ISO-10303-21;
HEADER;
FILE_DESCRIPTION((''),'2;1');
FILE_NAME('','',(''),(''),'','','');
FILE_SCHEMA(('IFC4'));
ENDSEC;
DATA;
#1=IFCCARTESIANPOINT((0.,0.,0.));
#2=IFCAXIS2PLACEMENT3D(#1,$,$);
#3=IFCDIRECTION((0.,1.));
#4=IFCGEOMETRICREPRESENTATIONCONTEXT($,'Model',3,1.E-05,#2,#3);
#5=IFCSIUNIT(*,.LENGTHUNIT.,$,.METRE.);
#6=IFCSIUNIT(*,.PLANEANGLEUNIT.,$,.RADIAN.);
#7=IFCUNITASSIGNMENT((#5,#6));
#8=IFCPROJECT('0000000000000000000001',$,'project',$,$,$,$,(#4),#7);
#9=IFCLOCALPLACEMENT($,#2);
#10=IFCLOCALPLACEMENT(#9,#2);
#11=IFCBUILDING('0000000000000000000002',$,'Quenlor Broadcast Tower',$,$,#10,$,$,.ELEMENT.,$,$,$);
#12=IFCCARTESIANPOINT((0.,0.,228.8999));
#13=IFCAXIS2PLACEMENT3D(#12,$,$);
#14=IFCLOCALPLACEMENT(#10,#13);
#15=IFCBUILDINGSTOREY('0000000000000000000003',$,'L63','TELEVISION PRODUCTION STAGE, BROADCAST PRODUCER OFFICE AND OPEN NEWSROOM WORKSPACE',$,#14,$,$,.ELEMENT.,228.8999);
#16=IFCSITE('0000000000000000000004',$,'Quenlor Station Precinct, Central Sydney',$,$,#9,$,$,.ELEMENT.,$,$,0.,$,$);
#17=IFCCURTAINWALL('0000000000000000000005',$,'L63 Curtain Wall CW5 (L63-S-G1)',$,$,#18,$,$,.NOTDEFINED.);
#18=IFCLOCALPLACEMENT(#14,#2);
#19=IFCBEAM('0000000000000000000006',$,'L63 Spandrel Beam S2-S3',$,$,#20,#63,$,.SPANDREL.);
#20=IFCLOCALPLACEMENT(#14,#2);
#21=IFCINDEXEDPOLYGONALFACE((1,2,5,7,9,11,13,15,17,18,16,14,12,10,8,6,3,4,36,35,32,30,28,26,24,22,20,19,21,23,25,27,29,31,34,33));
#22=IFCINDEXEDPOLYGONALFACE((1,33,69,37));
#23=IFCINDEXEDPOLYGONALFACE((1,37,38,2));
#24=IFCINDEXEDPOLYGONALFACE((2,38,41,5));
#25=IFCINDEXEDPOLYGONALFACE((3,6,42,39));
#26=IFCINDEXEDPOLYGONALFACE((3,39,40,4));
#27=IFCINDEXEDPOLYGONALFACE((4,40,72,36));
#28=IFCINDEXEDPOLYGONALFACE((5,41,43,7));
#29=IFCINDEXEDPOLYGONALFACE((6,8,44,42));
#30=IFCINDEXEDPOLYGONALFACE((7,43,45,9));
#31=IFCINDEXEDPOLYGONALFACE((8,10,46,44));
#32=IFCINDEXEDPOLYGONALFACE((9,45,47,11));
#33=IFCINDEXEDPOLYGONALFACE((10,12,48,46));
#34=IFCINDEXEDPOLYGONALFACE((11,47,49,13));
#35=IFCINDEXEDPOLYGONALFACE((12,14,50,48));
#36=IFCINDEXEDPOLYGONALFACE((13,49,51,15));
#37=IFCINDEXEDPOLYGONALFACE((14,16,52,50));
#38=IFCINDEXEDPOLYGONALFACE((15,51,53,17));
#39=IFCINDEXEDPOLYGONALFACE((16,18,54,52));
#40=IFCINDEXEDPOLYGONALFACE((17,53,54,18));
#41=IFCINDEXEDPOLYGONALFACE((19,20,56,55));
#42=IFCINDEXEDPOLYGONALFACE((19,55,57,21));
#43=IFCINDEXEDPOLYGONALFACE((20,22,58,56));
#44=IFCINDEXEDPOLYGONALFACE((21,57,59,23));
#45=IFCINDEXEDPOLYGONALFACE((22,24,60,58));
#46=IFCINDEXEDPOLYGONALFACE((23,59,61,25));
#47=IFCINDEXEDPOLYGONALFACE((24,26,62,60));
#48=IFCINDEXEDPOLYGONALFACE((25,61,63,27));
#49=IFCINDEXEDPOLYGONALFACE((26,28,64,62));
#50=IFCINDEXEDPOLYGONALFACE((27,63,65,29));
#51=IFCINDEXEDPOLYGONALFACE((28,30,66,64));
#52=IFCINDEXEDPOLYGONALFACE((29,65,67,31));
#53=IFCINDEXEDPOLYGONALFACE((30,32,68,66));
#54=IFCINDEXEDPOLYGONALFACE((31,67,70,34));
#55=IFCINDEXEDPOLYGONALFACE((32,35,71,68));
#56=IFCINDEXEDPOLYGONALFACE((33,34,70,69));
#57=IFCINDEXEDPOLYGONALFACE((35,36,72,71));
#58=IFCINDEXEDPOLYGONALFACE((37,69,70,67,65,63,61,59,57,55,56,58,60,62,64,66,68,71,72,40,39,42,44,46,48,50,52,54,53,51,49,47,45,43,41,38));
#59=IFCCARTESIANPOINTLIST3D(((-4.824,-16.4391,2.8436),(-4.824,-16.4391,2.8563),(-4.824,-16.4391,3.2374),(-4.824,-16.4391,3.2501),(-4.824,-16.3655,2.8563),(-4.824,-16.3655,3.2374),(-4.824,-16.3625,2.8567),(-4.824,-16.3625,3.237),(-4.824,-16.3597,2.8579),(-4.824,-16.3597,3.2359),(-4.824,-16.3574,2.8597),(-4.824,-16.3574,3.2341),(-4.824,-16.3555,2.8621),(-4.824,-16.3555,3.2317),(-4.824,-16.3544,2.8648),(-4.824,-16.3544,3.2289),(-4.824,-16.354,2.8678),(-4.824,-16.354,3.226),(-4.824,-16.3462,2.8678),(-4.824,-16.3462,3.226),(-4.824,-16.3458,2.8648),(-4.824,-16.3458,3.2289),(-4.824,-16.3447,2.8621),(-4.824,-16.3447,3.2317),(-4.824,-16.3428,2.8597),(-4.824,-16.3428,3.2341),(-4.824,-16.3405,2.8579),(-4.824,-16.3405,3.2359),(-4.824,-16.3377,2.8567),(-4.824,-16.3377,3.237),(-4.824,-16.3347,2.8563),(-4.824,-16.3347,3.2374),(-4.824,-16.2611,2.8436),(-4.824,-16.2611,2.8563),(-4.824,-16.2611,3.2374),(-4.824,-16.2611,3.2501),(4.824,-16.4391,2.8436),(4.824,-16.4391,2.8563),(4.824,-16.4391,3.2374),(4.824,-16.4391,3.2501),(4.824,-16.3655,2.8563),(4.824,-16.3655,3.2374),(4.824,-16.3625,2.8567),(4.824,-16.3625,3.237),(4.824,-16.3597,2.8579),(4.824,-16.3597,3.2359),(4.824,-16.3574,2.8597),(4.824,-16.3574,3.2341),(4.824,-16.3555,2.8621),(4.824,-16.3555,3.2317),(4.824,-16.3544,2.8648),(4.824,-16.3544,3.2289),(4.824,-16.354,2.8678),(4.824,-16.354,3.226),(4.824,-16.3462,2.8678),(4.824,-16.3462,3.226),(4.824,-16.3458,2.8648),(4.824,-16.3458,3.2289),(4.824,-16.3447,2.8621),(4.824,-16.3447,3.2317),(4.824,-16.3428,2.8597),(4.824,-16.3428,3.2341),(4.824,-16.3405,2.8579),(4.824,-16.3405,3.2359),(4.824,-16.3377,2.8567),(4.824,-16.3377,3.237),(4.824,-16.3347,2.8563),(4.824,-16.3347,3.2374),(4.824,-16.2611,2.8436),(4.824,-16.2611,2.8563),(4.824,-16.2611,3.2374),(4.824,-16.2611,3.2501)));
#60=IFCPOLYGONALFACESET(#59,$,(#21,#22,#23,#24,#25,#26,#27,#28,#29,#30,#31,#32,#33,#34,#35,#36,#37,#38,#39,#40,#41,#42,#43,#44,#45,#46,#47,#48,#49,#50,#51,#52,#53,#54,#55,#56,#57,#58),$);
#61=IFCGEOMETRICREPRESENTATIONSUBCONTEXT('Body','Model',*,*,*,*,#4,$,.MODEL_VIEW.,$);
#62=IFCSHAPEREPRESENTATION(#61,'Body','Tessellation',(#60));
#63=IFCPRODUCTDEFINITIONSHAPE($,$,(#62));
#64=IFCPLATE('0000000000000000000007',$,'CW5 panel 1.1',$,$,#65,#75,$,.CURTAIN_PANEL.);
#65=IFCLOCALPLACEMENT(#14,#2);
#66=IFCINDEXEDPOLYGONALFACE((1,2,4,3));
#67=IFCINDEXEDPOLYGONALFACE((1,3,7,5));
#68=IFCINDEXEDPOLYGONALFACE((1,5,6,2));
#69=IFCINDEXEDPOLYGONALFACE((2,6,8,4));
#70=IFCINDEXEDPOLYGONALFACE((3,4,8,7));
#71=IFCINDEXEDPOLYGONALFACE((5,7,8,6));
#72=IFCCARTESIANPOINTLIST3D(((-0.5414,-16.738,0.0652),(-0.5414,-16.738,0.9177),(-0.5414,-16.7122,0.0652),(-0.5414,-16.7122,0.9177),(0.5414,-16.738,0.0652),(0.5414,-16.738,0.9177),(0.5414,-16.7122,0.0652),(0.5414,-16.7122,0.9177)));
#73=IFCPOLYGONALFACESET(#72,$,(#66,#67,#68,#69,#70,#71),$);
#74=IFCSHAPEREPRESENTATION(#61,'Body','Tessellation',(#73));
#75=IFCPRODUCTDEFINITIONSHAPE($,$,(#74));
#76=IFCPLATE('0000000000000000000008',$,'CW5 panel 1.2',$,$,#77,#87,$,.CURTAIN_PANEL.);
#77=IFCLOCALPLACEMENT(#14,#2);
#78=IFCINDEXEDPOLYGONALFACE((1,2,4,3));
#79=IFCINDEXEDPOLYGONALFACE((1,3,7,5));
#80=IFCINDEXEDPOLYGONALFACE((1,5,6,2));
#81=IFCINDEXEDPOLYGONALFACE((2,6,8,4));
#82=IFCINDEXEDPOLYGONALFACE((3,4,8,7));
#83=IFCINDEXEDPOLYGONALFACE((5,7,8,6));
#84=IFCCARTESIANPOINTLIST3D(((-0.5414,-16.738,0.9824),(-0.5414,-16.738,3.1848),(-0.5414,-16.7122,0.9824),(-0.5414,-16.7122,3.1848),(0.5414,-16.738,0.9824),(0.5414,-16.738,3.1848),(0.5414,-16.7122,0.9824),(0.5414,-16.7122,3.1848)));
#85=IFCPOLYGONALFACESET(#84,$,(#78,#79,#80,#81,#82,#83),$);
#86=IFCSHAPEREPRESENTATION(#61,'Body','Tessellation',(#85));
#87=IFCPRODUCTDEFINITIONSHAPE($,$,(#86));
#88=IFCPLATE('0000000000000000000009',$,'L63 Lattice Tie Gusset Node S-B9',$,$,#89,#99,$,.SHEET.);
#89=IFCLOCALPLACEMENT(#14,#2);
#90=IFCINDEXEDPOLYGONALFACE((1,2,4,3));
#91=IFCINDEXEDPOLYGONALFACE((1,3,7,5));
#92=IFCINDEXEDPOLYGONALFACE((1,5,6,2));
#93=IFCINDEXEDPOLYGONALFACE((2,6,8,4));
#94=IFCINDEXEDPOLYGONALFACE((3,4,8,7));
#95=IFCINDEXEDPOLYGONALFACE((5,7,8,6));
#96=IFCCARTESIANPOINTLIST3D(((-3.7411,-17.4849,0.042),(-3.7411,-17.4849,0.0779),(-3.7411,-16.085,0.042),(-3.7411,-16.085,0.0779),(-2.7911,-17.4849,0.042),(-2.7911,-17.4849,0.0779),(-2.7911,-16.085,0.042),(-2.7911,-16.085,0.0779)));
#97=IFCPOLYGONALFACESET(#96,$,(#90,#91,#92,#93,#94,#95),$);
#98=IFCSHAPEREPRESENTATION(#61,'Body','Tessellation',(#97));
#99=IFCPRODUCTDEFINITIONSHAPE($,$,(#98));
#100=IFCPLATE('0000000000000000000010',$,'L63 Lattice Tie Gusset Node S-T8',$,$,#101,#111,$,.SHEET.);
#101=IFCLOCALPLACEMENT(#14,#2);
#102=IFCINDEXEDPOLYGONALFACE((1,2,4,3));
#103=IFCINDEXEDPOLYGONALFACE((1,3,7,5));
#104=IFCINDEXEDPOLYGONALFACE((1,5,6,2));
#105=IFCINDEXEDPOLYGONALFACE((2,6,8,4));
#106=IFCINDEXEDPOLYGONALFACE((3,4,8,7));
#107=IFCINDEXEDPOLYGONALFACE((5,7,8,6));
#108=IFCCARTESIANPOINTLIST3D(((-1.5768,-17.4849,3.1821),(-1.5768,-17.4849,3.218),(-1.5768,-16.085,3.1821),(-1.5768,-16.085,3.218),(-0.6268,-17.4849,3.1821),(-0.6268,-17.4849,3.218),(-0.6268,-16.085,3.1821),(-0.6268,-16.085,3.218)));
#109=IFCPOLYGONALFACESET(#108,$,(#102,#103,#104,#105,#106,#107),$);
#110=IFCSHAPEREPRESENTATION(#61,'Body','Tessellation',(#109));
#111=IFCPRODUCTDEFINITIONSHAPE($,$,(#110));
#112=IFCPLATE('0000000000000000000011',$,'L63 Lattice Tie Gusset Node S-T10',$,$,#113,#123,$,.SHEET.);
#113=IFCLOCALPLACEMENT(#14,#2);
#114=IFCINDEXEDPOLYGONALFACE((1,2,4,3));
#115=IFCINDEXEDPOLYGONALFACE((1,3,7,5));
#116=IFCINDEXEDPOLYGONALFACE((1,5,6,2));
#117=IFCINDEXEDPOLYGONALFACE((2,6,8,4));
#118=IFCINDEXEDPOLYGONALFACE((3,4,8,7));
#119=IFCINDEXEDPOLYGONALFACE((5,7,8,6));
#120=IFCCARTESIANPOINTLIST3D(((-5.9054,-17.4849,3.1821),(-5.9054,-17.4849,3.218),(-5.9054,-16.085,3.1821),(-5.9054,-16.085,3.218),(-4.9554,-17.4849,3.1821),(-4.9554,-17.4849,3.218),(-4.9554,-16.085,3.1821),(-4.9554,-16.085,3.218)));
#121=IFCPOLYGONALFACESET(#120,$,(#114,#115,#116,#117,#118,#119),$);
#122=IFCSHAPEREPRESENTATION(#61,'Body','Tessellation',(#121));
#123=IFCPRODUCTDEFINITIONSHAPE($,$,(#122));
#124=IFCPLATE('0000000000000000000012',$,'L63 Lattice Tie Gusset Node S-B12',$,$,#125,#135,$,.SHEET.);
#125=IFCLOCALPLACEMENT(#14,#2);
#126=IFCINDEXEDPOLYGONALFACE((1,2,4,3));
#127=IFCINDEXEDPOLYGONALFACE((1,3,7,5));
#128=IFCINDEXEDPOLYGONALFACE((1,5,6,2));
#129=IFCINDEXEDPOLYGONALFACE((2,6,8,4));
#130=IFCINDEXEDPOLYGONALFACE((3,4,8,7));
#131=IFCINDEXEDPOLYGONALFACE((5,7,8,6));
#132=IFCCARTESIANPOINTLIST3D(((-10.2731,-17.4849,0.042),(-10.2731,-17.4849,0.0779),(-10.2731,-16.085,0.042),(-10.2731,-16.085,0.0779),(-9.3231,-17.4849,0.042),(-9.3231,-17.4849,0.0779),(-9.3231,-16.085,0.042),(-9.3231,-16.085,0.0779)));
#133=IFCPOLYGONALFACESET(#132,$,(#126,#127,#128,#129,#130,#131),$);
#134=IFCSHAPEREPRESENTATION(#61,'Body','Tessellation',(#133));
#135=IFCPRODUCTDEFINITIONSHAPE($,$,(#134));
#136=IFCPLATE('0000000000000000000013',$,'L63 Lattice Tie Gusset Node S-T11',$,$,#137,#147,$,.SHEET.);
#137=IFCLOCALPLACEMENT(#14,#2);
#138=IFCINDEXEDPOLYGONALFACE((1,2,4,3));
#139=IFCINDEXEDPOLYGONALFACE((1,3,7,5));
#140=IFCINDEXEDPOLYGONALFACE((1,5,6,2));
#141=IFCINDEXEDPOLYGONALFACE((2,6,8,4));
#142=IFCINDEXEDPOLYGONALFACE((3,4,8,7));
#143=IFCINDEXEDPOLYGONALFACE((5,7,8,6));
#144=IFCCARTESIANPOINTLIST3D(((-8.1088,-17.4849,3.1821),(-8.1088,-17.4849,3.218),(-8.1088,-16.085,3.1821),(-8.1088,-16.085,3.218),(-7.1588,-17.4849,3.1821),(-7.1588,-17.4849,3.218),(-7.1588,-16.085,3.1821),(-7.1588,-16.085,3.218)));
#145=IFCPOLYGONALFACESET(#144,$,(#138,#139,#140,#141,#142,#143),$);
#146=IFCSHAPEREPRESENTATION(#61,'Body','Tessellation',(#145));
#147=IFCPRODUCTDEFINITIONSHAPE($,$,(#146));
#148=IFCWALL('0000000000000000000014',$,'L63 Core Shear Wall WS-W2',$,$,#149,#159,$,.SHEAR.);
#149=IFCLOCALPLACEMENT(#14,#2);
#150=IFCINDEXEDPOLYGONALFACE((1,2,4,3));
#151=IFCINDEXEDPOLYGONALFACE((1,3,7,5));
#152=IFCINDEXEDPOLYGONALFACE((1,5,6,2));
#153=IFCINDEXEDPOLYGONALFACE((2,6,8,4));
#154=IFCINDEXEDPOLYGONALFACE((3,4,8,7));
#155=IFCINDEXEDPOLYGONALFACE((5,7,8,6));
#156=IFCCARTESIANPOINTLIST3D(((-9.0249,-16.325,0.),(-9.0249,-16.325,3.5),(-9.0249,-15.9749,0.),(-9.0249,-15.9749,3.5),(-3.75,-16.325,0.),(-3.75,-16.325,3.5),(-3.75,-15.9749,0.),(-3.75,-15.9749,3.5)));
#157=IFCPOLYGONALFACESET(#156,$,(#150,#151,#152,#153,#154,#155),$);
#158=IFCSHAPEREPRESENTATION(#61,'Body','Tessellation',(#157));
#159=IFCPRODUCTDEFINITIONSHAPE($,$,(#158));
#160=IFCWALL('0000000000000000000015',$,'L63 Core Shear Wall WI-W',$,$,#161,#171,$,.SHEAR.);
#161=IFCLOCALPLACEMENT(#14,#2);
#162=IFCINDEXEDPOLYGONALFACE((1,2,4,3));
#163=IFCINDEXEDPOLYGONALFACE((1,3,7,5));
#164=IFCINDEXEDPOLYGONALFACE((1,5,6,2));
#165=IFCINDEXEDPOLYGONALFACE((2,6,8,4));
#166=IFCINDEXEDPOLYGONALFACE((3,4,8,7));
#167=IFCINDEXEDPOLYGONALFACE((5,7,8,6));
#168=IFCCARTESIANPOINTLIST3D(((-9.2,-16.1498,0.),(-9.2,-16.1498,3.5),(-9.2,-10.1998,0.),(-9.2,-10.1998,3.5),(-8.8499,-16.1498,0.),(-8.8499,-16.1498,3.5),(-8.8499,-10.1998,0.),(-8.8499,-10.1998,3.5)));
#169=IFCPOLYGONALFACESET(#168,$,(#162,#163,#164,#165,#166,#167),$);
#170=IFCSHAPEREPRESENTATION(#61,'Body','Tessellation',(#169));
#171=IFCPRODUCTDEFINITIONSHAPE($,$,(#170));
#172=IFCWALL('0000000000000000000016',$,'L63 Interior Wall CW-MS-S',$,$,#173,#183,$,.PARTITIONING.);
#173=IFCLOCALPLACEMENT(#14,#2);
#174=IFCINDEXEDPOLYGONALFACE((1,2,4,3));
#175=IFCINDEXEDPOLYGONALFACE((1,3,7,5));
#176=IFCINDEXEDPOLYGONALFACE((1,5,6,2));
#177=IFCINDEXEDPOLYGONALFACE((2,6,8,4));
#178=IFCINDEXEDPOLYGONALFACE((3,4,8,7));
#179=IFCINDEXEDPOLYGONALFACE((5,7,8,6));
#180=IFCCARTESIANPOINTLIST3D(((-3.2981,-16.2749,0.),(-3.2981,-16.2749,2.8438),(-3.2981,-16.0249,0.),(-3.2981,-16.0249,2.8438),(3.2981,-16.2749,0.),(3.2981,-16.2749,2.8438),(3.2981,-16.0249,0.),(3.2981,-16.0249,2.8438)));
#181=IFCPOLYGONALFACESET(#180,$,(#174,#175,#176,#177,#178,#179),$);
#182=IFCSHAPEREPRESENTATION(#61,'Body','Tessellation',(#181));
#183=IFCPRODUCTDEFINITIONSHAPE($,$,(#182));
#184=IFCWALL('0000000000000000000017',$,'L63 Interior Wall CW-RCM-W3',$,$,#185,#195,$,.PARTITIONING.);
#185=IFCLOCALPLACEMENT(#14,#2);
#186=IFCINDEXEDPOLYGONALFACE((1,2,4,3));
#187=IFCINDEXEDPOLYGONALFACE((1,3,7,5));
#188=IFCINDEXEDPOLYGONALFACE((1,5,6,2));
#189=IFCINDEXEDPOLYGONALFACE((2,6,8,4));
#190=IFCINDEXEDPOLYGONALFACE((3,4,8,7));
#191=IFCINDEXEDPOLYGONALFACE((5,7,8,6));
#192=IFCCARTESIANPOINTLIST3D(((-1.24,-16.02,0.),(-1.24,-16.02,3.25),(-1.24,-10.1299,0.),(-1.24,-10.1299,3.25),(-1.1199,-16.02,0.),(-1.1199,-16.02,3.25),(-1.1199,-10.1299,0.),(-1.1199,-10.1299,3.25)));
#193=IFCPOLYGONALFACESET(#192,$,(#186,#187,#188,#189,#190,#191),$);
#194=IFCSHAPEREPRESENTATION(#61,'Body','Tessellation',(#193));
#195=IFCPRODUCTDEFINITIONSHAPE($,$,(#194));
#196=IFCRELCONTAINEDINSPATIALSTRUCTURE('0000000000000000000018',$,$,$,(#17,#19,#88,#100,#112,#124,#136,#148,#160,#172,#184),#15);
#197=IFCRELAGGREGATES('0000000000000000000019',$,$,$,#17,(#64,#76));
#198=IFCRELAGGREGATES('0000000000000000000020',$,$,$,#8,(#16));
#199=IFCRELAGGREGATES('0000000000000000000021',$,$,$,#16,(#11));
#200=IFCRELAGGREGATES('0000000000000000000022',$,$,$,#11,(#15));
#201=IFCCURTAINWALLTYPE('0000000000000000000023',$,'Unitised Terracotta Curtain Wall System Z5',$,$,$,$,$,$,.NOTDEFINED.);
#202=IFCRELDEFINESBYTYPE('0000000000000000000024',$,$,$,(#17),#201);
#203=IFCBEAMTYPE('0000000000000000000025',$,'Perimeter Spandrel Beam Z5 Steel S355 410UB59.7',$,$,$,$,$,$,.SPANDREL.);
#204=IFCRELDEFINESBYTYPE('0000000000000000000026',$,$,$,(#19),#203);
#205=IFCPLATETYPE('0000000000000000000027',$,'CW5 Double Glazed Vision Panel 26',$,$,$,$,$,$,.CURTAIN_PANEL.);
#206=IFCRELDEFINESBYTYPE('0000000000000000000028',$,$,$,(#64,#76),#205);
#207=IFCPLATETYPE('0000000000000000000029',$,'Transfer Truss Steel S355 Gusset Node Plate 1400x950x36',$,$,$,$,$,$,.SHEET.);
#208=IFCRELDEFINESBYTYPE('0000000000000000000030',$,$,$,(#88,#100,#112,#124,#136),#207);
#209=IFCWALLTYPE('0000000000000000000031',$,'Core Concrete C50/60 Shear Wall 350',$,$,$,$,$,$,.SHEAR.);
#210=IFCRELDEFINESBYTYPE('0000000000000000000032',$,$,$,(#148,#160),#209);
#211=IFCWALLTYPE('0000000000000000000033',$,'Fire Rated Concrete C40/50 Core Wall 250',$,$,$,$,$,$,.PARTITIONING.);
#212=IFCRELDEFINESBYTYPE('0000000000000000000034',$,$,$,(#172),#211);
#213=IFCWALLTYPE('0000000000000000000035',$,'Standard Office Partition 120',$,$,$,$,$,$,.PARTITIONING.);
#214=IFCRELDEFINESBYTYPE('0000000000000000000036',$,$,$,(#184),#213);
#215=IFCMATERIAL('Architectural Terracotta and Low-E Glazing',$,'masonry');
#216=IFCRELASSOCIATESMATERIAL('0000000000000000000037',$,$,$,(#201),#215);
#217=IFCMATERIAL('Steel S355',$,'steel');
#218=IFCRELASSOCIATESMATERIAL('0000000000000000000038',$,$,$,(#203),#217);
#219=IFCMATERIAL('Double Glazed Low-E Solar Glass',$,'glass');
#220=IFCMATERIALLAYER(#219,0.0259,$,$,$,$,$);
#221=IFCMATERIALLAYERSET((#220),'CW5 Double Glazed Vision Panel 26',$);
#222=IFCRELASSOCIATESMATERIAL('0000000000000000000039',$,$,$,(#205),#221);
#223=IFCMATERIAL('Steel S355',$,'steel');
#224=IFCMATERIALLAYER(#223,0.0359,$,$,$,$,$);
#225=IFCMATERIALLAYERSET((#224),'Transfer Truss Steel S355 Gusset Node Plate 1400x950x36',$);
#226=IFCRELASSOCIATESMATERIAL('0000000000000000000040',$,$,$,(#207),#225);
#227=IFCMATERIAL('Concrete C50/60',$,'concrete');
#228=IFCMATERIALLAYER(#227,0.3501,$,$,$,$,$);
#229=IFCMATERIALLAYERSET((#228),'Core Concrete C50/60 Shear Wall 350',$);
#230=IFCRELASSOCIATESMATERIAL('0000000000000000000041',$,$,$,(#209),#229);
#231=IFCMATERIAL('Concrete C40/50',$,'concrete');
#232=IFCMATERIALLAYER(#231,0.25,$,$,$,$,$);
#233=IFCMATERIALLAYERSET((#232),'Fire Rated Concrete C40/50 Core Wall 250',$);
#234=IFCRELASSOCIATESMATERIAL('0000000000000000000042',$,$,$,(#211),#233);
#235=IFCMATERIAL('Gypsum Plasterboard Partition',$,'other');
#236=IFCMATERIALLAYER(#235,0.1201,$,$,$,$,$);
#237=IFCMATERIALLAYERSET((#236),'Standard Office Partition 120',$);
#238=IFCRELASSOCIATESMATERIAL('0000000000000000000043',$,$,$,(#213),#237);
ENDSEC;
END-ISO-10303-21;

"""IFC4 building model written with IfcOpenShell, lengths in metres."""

from ifc_helpers import new_model, si_unit, direction, frame, frame_2d, origin, origin_2d, place, context, subcontext, project, spatial, rectangle, i_section, extrude, material, layer, layer_set, material_profile, profile_set, type_object, element, aggregate, save


model = new_model("IFC4")

# Units and contexts
model_context = context("Model", 3, precision=1e-05, world=origin(), true_north=direction((0.0, 1.0)))
body_context = subcontext(model_context, "Body", "Model", "MODEL_VIEW")
ifc_project = project(units=[si_unit("LENGTHUNIT", "METRE"), si_unit("PLANEANGLEUNIT", "RADIAN")], contexts=[model_context])

# Site, building, storey
site_placement = place(None, origin())
site = spatial("IfcSite", under=ifc_project, at=site_placement, Name="Quenlor Station Precinct, Central Sydney", CompositionType="ELEMENT", RefElevation=0.0)
building_placement = place(site_placement, origin())
building = spatial("IfcBuilding", under=site, at=building_placement, Name="Quenlor Broadcast Tower", CompositionType="ELEMENT")
storey_placement = place(building_placement, frame((0.0, 0.0, 228.8999)))
storey = spatial("IfcBuildingStorey", under=building, at=storey_placement, Name="L63", Description="TELEVISION PRODUCTION STAGE, BROADCAST PRODUCER OFFICE AND OPEN NEWSROOM WORKSPACE", CompositionType="ELEMENT", Elevation=228.8999)

# Curtain wall
ifc_material_1 = material(Name="Architectural Terracotta and Low-E Glazing", Category="masonry")
curtain_wall_type = type_object("IfcCurtainWallType", Name="Unitised Terracotta Curtain Wall System Z5", PredefinedType="NOTDEFINED", material=ifc_material_1)
curtain_wall_placement = place(storey_placement, origin())
curtain_wall = element("IfcCurtainWall", 1, at=curtain_wall_placement, inside=storey, type_object=curtain_wall_type, Name="L63 Curtain Wall CW5 (L63-S-G1)", PredefinedType="NOTDEFINED")

# Beam
ifc_material_2 = material(Name="Steel S355", Category="steel")
ifc_material_profile_1 = material_profile(ifc_material_2, i_section(OverallWidth=0.178, OverallDepth=0.4065, WebThickness=0.0078, FlangeThickness=0.0127, FilletRadius=0.0115, at=origin_2d()))
ifc_profile_set_1 = profile_set([ifc_material_profile_1], Name="Steel S355 410UB59.7")
beam_type_1 = type_object("IfcBeamType", Name="Perimeter Spandrel Beam Z5 Steel S355 410UB59.7", PredefinedType="SPANDREL", material=ifc_profile_set_1)
beam_1_placement = place(storey_placement, frame((-4.824, -16.3501, 3.0469), z_axis=(1.0, 0.0, 0.0), x_axis=(0.0, 1.0, 0.0)))
element("IfcBeam", 2, at=beam_1_placement, inside=storey, type_object=beam_type_1, Name="L63 Spandrel Beam S2-S3", PredefinedType="SPANDREL", context=body_context, shape_type="SweptSolid", body=[
    extrude(i_section(OverallWidth=0.178, OverallDepth=0.4065, WebThickness=0.0078, FlangeThickness=0.0127, FilletRadius=0.0115, at=origin_2d()), origin(), (0.0, 0.0, 1.0), 9.6479),
])

# Plates
ifc_material_3 = material(Name="Double Glazed Low-E Solar Glass", Category="glass")
ifc_layer_1 = layer(ifc_material_3, 0.0259)
ifc_layer_set_1 = layer_set([ifc_layer_1], Name="CW5 Double Glazed Vision Panel 26")
plate_type_1 = type_object("IfcPlateType", Name="CW5 Double Glazed Vision Panel 26", PredefinedType="CURTAIN_PANEL", material=ifc_layer_set_1)
plate_1_placement = place(storey_placement, frame((0.0, -16.7251, 0.0652), z_axis=(0.0, 0.0, 1.0), x_axis=(-1.0, 0.0, 0.0)))
plate_1 = element("IfcPlate", 3, at=plate_1_placement, type_object=plate_type_1, Name="CW5 panel 1.1", PredefinedType="CURTAIN_PANEL", context=body_context, shape_type="SweptSolid", body=[
    extrude(rectangle(XDim=1.0828, YDim=0.0259, at=origin_2d()), origin(), (0.0, 0.0, 1.0), 0.8525),
])
plate_2_placement = place(storey_placement, frame((0.0, -16.7251, 0.9824), z_axis=(0.0, 0.0, 1.0), x_axis=(-1.0, 0.0, 0.0)))
plate_2 = element("IfcPlate", 4, at=plate_2_placement, type_object=plate_type_1, Name="CW5 panel 1.2", PredefinedType="CURTAIN_PANEL", context=body_context, shape_type="SweptSolid", body=[
    extrude(rectangle(XDim=1.0828, YDim=0.0259, at=origin_2d()), origin(), (0.0, 0.0, 1.0), 2.2024),
])
aggregate(curtain_wall, [plate_1, plate_2])

# Plates
ifc_material_4 = material(Name="Steel S355", Category="steel")
ifc_layer_2 = layer(ifc_material_4, 0.0359)
ifc_layer_set_2 = layer_set([ifc_layer_2], Name="Transfer Truss Steel S355 Gusset Node Plate 1400x950x36")
plate_type_2 = type_object("IfcPlateType", Name="Transfer Truss Steel S355 Gusset Node Plate 1400x950x36", PredefinedType="SHEET", material=ifc_layer_set_2)
for number, where, z_axis, x_axis, name in (
    (5, (-3.2661, -16.7849, 0.042), (0.0, 0.0, 1.0), (0.0, -1.0, 0.0), "L63 Lattice Tie Gusset Node S-B9"),
    (6, (-1.1018, -16.7849, 3.1821), (0.0, 0.0, 1.0), (0.0, -1.0, 0.0), "L63 Lattice Tie Gusset Node S-T8"),
    (7, (-5.4304, -16.7849, 3.1821), (0.0, 0.0, 1.0), (0.0, -1.0, 0.0), "L63 Lattice Tie Gusset Node S-T10"),
    (8, (-9.7981, -16.7849, 0.042), (0.0, 0.0, 1.0), (0.0, -1.0, 0.0), "L63 Lattice Tie Gusset Node S-B12"),
    (9, (-7.6338, -16.7849, 3.1821), (0.0, 0.0, 1.0), (0.0, -1.0, 0.0), "L63 Lattice Tie Gusset Node S-T11"),
):
    element("IfcPlate", number, at=place(storey_placement, frame(where, z_axis=z_axis, x_axis=x_axis)), inside=storey, type_object=plate_type_2, Name=name, PredefinedType="SHEET", context=body_context, shape_type="SweptSolid", body=[
        extrude(rectangle(XDim=1.3999, YDim=0.95, at=origin_2d()), origin(), (0.0, 0.0, 1.0), 0.0359),
    ])

# Walls
ifc_material_5 = material(Name="Concrete C50/60", Category="concrete")
ifc_layer_3 = layer(ifc_material_5, 0.3501)
ifc_layer_set_3 = layer_set([ifc_layer_3], Name="Core Concrete C50/60 Shear Wall 350")
wall_type_1 = type_object("IfcWallType", Name="Core Concrete C50/60 Shear Wall 350", PredefinedType="SHEAR", material=ifc_layer_set_3)
wall_1_placement = place(storey_placement, frame((-9.0249, -16.1499, 0.0), z_axis=(0.0, 0.0, 1.0), x_axis=(1.0, 0.0, 0.0)))
element("IfcWall", 10, at=wall_1_placement, inside=storey, type_object=wall_type_1, Name="L63 Core Shear Wall WS-W2", PredefinedType="SHEAR", context=body_context, shape_type="SweptSolid", body=[
    extrude(rectangle(XDim=5.2749, YDim=0.3501, at=frame_2d((2.6375, 0.0))), origin(), (0.0, 0.0, 1.0), 3.5),
])
wall_2_placement = place(storey_placement, frame((-9.0249, -16.1499, 0.0), z_axis=(0.0, 0.0, 1.0), x_axis=(0.0, 1.0, 0.0)))
element("IfcWall", 11, at=wall_2_placement, inside=storey, type_object=wall_type_1, Name="L63 Core Shear Wall WI-W", PredefinedType="SHEAR", context=body_context, shape_type="SweptSolid", body=[
    extrude(rectangle(XDim=5.95, YDim=0.3501, at=frame_2d((2.9751, 0.0))), origin(), (0.0, 0.0, 1.0), 3.5),
])
ifc_material_6 = material(Name="Concrete C40/50", Category="concrete")
ifc_layer_4 = layer(ifc_material_6, 0.25)
ifc_layer_set_4 = layer_set([ifc_layer_4], Name="Fire Rated Concrete C40/50 Core Wall 250")
wall_type_2 = type_object("IfcWallType", Name="Fire Rated Concrete C40/50 Core Wall 250", PredefinedType="PARTITIONING", material=ifc_layer_set_4)
wall_3_placement = place(storey_placement, frame((-3.2981, -16.1499, 0.0), z_axis=(0.0, 0.0, 1.0), x_axis=(1.0, 0.0, 0.0)))
element("IfcWall", 12, at=wall_3_placement, inside=storey, type_object=wall_type_2, Name="L63 Interior Wall CW-MS-S", PredefinedType="PARTITIONING", context=body_context, shape_type="SweptSolid", body=[
    extrude(rectangle(XDim=6.5962, YDim=0.25, at=frame_2d((3.2981, 0.0))), origin(), (0.0, 0.0, 1.0), 2.8438),
])
ifc_material_7 = material(Name="Gypsum Plasterboard Partition", Category="other")
ifc_layer_5 = layer(ifc_material_7, 0.1201)
ifc_layer_set_5 = layer_set([ifc_layer_5], Name="Standard Office Partition 120")
wall_type_3 = type_object("IfcWallType", Name="Standard Office Partition 120", PredefinedType="PARTITIONING", material=ifc_layer_set_5)
wall_4_placement = place(storey_placement, frame((-1.1799, -16.02, 0.0), z_axis=(0.0, 0.0, 1.0), x_axis=(0.0, 1.0, 0.0)))
element("IfcWall", 13, at=wall_4_placement, inside=storey, type_object=wall_type_3, Name="L63 Interior Wall CW-RCM-W3", PredefinedType="PARTITIONING", context=body_context, shape_type="SweptSolid", body=[
    extrude(rectangle(XDim=5.8901, YDim=0.1201, at=frame_2d((2.9451, 0.0))), origin(), (0.0, 0.0, 1.0), 3.25),
])

save(model, "model.ifc")
